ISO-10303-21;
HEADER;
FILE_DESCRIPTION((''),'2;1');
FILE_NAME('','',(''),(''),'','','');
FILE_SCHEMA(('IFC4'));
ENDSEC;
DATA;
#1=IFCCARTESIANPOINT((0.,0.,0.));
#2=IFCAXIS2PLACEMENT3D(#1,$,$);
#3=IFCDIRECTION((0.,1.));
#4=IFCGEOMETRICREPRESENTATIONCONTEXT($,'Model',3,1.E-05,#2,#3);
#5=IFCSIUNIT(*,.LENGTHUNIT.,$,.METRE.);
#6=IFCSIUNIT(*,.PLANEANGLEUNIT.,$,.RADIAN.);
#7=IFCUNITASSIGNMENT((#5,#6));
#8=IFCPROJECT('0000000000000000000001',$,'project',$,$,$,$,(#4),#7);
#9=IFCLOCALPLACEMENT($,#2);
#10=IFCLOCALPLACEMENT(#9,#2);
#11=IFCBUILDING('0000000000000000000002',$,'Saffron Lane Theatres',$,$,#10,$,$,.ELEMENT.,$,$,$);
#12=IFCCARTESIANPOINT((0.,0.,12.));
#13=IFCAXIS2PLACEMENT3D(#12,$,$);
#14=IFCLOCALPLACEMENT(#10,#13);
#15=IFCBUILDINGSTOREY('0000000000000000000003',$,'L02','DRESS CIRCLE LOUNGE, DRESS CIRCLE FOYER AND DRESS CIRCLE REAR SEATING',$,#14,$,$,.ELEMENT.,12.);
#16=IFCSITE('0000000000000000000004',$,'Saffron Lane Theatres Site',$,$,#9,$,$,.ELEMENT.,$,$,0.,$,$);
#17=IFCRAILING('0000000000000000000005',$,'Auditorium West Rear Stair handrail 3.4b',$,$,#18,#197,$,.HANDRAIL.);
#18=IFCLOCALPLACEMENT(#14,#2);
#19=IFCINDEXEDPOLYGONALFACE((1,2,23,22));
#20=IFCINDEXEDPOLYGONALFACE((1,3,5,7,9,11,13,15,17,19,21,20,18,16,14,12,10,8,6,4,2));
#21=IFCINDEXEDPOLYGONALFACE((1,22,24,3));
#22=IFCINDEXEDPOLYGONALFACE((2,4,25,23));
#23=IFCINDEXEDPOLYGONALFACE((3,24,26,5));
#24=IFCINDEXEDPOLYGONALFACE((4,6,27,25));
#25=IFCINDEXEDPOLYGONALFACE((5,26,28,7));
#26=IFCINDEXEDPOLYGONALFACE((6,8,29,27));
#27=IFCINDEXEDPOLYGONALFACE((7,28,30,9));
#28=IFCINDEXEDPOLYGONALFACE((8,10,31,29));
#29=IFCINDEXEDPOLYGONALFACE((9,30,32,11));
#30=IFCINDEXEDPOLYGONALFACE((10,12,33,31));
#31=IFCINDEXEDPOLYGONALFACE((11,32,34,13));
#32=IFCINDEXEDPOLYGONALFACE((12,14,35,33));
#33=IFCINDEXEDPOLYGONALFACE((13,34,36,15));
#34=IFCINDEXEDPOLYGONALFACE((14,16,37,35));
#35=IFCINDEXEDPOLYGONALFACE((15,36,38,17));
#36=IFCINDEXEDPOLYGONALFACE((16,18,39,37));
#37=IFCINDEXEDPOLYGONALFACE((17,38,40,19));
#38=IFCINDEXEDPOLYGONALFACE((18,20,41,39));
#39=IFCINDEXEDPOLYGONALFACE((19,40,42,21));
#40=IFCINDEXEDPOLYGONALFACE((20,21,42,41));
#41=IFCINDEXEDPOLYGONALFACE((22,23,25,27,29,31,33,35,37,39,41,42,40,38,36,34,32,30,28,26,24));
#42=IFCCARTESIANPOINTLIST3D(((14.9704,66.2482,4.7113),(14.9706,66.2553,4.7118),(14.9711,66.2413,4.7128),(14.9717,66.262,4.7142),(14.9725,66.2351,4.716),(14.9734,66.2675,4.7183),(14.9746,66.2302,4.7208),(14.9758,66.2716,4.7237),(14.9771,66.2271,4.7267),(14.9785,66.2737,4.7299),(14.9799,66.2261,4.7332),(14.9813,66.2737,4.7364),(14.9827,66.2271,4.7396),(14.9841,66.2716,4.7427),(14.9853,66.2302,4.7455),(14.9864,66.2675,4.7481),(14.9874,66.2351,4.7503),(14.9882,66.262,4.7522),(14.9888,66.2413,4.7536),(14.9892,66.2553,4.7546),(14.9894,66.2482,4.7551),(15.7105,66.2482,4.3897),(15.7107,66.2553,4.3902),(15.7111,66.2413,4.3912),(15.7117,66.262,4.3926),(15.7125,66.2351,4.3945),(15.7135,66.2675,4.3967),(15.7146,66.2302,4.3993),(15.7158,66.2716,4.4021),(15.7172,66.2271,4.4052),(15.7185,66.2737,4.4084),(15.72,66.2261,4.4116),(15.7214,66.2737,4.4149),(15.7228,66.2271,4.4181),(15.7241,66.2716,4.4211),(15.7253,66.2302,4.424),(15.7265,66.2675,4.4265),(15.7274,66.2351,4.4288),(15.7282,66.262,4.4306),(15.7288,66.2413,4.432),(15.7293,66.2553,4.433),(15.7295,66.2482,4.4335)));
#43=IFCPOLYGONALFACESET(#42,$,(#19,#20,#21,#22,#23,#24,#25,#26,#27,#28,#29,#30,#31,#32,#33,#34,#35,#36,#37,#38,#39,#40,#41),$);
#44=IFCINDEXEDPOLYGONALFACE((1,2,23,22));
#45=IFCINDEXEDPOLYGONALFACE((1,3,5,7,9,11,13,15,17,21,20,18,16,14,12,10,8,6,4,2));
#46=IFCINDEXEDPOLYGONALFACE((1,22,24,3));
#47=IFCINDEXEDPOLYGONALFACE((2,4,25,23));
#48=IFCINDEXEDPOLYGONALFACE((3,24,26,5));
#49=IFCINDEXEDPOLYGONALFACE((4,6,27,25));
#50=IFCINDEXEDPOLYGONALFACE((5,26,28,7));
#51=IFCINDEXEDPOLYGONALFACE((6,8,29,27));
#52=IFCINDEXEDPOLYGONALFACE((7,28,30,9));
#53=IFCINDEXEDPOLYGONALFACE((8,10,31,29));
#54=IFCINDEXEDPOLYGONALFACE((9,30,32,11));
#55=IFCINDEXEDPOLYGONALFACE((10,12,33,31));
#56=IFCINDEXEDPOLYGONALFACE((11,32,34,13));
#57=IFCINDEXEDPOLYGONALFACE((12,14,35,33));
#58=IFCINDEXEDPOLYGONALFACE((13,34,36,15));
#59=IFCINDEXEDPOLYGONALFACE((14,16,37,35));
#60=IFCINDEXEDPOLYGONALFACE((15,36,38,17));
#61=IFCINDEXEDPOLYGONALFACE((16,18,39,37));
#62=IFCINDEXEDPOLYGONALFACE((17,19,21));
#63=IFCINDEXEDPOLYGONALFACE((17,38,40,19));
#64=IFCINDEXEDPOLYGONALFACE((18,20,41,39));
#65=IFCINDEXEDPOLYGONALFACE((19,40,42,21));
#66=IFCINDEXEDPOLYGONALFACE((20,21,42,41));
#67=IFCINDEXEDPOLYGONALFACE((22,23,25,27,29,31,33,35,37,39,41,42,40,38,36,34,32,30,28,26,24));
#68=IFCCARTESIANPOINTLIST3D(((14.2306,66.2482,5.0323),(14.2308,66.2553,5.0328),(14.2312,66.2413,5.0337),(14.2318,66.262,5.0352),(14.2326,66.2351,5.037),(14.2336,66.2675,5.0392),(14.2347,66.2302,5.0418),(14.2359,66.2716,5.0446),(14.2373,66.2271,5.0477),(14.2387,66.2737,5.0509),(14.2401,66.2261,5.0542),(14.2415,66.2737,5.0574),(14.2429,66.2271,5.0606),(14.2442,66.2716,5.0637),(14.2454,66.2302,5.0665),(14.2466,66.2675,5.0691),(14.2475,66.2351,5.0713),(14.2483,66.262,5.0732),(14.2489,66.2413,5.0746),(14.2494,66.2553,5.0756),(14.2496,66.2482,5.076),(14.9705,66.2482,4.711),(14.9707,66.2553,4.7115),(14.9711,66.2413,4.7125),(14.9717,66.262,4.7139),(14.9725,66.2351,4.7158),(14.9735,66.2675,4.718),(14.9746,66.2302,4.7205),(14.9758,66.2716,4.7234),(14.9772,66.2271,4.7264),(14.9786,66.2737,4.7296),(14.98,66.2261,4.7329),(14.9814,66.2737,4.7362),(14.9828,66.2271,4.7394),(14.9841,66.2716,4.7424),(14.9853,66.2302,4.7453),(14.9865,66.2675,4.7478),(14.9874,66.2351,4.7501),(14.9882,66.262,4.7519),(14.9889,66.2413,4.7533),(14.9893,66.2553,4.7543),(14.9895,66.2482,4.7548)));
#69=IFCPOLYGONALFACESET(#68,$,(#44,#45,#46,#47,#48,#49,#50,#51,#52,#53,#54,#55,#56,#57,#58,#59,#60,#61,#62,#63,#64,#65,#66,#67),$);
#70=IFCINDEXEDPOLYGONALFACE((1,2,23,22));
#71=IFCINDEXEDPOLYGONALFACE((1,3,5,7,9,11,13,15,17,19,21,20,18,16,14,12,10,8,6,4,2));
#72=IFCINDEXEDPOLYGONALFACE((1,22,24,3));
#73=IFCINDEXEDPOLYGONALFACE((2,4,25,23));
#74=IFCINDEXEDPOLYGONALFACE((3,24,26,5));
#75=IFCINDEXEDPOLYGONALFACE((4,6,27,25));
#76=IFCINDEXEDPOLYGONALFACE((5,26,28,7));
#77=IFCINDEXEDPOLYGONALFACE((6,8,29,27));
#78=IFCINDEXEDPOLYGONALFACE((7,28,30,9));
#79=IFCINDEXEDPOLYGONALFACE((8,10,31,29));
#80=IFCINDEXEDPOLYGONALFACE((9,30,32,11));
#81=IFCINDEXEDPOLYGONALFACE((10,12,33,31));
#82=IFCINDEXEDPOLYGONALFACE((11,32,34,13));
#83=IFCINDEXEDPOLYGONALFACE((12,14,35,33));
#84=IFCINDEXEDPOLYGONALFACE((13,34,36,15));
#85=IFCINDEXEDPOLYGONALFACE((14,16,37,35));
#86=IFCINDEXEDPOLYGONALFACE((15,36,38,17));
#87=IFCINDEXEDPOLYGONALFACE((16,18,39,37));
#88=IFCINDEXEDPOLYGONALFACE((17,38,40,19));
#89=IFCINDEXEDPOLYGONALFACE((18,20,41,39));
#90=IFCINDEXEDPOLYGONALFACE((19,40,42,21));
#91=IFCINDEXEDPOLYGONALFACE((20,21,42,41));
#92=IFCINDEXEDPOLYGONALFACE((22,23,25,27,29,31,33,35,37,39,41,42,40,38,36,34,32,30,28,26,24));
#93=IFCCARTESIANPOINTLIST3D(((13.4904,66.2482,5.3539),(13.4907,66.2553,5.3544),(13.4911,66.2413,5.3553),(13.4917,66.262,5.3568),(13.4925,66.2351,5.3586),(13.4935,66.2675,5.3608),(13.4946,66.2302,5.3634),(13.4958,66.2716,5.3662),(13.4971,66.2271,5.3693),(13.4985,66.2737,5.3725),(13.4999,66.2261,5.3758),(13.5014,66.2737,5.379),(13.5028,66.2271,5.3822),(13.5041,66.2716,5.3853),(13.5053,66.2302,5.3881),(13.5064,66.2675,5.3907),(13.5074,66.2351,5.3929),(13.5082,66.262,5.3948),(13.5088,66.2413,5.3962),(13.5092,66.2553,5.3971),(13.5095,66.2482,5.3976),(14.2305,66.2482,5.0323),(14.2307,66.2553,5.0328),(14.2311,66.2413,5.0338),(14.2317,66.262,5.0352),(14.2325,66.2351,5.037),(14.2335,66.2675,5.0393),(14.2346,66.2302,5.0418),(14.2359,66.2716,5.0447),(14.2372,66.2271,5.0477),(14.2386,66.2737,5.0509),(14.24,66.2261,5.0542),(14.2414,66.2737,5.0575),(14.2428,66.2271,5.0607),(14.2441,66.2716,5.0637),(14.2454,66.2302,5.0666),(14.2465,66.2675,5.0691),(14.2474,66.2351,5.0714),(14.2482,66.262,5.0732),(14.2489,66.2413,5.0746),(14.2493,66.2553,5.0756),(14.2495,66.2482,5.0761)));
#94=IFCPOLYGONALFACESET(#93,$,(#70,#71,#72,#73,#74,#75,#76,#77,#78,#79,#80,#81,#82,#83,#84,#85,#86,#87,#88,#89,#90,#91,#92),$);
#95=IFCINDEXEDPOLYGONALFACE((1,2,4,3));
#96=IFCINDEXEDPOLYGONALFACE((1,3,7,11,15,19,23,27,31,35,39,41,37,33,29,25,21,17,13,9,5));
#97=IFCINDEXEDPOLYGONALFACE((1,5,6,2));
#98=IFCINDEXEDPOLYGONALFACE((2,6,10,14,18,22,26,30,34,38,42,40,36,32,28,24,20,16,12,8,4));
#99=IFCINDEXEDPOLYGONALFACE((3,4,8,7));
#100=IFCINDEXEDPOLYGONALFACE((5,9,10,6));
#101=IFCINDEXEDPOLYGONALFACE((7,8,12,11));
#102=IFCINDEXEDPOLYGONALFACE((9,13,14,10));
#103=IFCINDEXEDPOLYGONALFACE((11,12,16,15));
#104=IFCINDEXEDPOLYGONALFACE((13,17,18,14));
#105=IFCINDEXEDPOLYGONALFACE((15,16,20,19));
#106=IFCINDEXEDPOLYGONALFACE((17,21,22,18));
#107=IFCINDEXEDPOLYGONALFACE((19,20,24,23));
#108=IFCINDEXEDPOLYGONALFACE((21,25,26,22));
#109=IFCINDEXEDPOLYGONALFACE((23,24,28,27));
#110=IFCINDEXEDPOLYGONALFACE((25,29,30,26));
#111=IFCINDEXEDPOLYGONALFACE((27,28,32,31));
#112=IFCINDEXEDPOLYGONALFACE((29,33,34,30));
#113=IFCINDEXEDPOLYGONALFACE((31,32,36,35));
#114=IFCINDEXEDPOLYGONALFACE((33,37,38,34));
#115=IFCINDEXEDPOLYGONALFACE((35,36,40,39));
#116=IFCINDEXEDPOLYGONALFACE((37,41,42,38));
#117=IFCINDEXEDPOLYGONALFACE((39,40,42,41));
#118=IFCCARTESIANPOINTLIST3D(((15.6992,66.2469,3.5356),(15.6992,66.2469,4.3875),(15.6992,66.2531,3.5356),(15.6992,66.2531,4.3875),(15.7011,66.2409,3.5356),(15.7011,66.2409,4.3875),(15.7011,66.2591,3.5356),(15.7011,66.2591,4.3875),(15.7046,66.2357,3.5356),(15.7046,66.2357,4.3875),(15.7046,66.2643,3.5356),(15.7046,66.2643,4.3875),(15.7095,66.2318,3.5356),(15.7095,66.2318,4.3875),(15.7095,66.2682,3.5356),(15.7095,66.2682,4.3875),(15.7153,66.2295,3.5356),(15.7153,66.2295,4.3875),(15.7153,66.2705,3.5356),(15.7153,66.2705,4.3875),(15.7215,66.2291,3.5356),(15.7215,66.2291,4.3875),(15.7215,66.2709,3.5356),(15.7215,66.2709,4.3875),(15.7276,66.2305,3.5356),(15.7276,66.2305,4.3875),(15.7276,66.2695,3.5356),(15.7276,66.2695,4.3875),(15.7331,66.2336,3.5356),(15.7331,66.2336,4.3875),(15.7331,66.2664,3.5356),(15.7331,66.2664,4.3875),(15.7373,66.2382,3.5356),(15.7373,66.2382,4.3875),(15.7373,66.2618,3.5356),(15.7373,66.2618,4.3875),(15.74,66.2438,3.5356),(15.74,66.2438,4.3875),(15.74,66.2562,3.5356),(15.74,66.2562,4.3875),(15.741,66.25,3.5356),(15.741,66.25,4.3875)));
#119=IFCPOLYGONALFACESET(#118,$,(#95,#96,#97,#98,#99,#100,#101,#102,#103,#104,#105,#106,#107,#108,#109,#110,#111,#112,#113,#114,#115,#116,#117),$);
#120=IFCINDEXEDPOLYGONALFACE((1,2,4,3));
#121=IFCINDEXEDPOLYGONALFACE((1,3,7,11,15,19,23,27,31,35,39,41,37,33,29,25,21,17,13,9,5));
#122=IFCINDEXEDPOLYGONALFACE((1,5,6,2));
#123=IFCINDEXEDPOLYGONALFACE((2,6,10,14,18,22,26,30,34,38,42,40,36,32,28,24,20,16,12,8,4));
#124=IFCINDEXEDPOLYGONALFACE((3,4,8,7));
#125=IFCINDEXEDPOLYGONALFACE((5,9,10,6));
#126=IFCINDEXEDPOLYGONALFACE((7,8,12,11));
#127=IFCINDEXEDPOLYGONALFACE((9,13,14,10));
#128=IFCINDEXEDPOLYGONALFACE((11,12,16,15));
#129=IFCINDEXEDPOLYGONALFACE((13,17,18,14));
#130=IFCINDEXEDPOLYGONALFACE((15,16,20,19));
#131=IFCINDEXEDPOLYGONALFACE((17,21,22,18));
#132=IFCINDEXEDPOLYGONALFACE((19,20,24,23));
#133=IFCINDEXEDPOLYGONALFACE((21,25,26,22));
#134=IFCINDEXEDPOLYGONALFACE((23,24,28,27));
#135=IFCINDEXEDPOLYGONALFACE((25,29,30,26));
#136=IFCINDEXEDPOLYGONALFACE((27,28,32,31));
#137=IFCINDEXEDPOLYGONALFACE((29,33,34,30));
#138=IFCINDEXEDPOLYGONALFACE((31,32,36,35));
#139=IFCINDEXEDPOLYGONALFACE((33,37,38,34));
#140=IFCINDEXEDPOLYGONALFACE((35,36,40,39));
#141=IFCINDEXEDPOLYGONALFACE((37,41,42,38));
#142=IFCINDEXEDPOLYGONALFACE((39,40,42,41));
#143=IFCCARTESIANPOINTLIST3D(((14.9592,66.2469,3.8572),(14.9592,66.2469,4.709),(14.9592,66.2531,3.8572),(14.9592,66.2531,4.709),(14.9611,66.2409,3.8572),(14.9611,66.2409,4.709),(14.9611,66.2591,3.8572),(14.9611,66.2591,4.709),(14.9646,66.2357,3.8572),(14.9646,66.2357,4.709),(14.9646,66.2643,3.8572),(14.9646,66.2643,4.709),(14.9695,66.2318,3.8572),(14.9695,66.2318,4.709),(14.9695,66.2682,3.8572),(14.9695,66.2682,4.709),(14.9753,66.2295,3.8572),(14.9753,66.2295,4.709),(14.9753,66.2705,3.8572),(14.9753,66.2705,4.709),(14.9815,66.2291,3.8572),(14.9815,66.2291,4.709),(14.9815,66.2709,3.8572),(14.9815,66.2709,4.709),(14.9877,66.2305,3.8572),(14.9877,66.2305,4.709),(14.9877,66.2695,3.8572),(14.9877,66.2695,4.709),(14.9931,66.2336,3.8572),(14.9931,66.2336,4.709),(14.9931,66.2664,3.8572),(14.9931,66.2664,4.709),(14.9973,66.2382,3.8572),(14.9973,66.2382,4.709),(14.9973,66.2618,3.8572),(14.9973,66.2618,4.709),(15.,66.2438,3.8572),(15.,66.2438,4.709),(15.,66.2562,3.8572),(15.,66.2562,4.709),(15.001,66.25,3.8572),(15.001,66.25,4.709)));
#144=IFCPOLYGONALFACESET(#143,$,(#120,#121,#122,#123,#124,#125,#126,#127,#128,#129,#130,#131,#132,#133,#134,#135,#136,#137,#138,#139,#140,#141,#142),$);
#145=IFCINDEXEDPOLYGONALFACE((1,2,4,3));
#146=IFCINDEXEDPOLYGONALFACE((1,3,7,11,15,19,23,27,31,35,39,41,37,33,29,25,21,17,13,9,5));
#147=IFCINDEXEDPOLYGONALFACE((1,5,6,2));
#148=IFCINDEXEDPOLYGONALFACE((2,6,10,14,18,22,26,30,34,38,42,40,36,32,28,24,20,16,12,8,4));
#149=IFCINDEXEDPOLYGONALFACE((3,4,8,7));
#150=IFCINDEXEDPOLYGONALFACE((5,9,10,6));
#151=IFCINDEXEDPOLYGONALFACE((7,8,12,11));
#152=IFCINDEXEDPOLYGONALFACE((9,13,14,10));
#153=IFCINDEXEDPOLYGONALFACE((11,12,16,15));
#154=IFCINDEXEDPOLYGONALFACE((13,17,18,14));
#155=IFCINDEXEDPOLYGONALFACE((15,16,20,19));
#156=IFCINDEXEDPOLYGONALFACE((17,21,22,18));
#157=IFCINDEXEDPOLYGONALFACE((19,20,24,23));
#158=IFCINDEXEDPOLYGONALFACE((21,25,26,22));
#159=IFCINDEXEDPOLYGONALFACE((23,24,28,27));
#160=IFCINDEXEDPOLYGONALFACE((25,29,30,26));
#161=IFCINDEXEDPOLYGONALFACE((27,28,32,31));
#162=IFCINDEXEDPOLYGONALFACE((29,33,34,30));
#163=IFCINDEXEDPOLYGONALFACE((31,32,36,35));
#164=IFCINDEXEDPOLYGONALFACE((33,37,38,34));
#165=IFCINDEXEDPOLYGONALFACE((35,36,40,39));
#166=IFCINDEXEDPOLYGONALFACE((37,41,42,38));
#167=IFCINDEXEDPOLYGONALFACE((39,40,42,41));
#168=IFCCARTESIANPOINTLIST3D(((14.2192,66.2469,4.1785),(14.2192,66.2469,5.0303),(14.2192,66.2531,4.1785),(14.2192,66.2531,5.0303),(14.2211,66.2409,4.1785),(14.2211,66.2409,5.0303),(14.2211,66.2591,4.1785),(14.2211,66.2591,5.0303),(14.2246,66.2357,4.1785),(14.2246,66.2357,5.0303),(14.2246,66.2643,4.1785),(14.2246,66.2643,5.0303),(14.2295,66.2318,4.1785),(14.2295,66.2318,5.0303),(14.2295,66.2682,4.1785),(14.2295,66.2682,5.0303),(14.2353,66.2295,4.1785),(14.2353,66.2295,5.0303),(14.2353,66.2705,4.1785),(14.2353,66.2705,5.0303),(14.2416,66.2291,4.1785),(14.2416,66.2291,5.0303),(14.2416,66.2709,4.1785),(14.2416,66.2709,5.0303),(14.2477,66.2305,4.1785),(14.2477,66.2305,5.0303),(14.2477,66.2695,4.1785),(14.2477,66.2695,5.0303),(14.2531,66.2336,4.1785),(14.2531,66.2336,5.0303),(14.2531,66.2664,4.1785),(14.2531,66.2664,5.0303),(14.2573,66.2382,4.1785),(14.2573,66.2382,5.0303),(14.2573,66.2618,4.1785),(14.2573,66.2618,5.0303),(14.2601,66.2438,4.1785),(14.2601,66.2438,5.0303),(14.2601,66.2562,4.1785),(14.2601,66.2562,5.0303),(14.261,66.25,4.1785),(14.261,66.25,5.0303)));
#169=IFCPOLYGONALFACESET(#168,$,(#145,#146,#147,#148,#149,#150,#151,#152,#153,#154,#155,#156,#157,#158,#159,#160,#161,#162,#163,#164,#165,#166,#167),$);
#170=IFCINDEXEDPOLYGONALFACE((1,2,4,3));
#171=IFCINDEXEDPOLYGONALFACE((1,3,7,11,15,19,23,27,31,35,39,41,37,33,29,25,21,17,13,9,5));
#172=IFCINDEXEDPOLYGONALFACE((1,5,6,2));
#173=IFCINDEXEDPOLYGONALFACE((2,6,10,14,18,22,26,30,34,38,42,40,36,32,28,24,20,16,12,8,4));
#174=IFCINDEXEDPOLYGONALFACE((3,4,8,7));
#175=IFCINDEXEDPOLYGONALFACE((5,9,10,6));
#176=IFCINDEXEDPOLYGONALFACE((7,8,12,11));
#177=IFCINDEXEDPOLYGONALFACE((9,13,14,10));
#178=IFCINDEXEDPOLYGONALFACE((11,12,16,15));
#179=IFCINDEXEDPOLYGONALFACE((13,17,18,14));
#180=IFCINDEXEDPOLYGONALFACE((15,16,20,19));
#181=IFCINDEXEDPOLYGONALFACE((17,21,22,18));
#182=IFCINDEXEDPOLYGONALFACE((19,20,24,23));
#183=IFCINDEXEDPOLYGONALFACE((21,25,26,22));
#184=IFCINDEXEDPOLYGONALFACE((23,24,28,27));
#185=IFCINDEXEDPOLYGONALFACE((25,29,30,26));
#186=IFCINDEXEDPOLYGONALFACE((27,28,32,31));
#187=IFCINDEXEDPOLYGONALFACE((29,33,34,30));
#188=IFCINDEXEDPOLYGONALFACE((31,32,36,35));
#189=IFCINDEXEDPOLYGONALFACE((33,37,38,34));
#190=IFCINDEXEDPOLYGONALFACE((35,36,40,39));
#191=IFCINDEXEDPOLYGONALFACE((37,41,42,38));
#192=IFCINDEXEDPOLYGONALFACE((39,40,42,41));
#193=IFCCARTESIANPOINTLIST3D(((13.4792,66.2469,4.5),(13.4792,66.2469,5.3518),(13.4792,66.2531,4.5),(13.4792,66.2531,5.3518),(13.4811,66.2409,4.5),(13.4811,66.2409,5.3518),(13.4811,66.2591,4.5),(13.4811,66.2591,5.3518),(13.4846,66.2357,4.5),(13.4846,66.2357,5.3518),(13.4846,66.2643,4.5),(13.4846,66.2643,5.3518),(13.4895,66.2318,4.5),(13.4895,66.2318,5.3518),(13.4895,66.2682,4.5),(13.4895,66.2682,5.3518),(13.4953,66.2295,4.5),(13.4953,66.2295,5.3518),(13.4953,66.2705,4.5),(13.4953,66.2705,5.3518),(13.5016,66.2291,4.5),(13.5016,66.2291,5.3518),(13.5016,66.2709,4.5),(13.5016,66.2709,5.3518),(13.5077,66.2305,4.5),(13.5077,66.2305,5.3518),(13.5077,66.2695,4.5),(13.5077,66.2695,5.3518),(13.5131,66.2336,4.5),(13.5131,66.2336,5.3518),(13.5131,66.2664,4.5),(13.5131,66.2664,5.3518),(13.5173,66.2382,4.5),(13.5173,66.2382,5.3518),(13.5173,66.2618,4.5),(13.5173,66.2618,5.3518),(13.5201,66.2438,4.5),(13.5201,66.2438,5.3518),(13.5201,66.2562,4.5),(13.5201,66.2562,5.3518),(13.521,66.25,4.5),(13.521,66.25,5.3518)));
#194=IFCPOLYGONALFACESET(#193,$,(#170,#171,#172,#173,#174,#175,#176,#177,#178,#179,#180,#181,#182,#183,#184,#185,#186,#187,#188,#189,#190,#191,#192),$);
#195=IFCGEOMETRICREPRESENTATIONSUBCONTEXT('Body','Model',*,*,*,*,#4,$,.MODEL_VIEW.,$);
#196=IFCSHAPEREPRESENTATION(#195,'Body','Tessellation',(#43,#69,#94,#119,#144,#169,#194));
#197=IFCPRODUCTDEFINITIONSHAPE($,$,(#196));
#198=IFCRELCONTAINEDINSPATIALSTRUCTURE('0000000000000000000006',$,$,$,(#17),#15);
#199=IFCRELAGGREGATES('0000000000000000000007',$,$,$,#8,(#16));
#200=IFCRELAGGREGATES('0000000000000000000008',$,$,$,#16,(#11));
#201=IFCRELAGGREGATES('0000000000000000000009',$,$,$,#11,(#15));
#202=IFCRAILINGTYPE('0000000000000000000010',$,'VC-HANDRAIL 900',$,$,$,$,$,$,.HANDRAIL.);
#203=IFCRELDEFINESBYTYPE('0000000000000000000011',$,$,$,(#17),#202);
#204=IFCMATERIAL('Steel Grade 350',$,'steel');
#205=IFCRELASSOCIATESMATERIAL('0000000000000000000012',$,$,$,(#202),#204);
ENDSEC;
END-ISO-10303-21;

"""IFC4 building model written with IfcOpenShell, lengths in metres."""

from ifc_helpers import new_model, si_unit, direction, frame, origin, origin_2d, place, context, subcontext, project, spatial, circle, extrude, material, type_object, element, save


model = new_model("IFC4")

# Units and contexts
model_context = context("Model", 3, precision=1e-05, world=origin(), true_north=direction((0.0, 1.0)))
body_context = subcontext(model_context, "Body", "Model", "MODEL_VIEW")
ifc_project = project(units=[si_unit("LENGTHUNIT", "METRE"), si_unit("PLANEANGLEUNIT", "RADIAN")], contexts=[model_context])

# Site, building, storey
site_placement = place(None, origin())
site = spatial("IfcSite", under=ifc_project, at=site_placement, Name="Saffron Lane Theatres Site", CompositionType="ELEMENT", RefElevation=0.0)
building_placement = place(site_placement, origin())
building = spatial("IfcBuilding", under=site, at=building_placement, Name="Saffron Lane Theatres", CompositionType="ELEMENT")
storey_placement = place(building_placement, frame((0.0, 0.0, 12.0)))
storey = spatial("IfcBuildingStorey", under=building, at=storey_placement, Name="L02", Description="DRESS CIRCLE LOUNGE, DRESS CIRCLE FOYER AND DRESS CIRCLE REAR SEATING", CompositionType="ELEMENT", Elevation=12.0)

# Railing
ifc_material_1 = material(Name="Steel Grade 350", Category="steel")
railing_type_1 = type_object("IfcRailingType", Name="VC-HANDRAIL 900", PredefinedType="HANDRAIL", material=ifc_material_1)
for number, where, name in (
    (1, (15.72, 66.25, 3.5356), "Auditorium West Rear Stair handrail 3.4b"),
):
    element("IfcRailing", number, at=place(storey_placement, frame(where)), inside=storey, type_object=railing_type_1, Name=name, PredefinedType="HANDRAIL", context=body_context, shape_type="SweptSolid", body=[
        extrude(circle(Radius=0.0239, at=origin_2d()), frame((0.0, 0.0, 0.876), z_axis=(-0.917161, 0.0, 0.398516), x_axis=(0.0, -1.0, 0.0)), (0.0, 0.0, 1.0), 0.8069),
        extrude(circle(Radius=0.0239, at=origin_2d()), frame((-0.74, 0.0, 1.1973), z_axis=(-0.917272, 0.0, 0.398261), x_axis=(0.0, -1.0, 0.0)), (0.0, 0.0, 1.0), 0.8066),
        extrude(circle(Radius=0.0239, at=origin_2d()), frame((-1.48, 0.0, 1.5186), z_axis=(-0.917161, 0.0, 0.398516), x_axis=(0.0, -1.0, 0.0)), (0.0, 0.0, 1.0), 0.8069),
        extrude(circle(Radius=0.021, at=origin_2d()), origin(), (0.0, 0.0, 1.0), 0.8518),
        extrude(circle(Radius=0.021, at=origin_2d()), frame((-0.74, 0.0, 0.3215)), (0.0, 0.0, 1.0), 0.8518),
        extrude(circle(Radius=0.021, at=origin_2d()), frame((-1.48, 0.0, 0.6428)), (0.0, 0.0, 1.0), 0.8518),
        extrude(circle(Radius=0.021, at=origin_2d()), frame((-2.22, 0.0, 0.9644)), (0.0, 0.0, 1.0), 0.8518),
    ])

save(model, "model.ifc")
